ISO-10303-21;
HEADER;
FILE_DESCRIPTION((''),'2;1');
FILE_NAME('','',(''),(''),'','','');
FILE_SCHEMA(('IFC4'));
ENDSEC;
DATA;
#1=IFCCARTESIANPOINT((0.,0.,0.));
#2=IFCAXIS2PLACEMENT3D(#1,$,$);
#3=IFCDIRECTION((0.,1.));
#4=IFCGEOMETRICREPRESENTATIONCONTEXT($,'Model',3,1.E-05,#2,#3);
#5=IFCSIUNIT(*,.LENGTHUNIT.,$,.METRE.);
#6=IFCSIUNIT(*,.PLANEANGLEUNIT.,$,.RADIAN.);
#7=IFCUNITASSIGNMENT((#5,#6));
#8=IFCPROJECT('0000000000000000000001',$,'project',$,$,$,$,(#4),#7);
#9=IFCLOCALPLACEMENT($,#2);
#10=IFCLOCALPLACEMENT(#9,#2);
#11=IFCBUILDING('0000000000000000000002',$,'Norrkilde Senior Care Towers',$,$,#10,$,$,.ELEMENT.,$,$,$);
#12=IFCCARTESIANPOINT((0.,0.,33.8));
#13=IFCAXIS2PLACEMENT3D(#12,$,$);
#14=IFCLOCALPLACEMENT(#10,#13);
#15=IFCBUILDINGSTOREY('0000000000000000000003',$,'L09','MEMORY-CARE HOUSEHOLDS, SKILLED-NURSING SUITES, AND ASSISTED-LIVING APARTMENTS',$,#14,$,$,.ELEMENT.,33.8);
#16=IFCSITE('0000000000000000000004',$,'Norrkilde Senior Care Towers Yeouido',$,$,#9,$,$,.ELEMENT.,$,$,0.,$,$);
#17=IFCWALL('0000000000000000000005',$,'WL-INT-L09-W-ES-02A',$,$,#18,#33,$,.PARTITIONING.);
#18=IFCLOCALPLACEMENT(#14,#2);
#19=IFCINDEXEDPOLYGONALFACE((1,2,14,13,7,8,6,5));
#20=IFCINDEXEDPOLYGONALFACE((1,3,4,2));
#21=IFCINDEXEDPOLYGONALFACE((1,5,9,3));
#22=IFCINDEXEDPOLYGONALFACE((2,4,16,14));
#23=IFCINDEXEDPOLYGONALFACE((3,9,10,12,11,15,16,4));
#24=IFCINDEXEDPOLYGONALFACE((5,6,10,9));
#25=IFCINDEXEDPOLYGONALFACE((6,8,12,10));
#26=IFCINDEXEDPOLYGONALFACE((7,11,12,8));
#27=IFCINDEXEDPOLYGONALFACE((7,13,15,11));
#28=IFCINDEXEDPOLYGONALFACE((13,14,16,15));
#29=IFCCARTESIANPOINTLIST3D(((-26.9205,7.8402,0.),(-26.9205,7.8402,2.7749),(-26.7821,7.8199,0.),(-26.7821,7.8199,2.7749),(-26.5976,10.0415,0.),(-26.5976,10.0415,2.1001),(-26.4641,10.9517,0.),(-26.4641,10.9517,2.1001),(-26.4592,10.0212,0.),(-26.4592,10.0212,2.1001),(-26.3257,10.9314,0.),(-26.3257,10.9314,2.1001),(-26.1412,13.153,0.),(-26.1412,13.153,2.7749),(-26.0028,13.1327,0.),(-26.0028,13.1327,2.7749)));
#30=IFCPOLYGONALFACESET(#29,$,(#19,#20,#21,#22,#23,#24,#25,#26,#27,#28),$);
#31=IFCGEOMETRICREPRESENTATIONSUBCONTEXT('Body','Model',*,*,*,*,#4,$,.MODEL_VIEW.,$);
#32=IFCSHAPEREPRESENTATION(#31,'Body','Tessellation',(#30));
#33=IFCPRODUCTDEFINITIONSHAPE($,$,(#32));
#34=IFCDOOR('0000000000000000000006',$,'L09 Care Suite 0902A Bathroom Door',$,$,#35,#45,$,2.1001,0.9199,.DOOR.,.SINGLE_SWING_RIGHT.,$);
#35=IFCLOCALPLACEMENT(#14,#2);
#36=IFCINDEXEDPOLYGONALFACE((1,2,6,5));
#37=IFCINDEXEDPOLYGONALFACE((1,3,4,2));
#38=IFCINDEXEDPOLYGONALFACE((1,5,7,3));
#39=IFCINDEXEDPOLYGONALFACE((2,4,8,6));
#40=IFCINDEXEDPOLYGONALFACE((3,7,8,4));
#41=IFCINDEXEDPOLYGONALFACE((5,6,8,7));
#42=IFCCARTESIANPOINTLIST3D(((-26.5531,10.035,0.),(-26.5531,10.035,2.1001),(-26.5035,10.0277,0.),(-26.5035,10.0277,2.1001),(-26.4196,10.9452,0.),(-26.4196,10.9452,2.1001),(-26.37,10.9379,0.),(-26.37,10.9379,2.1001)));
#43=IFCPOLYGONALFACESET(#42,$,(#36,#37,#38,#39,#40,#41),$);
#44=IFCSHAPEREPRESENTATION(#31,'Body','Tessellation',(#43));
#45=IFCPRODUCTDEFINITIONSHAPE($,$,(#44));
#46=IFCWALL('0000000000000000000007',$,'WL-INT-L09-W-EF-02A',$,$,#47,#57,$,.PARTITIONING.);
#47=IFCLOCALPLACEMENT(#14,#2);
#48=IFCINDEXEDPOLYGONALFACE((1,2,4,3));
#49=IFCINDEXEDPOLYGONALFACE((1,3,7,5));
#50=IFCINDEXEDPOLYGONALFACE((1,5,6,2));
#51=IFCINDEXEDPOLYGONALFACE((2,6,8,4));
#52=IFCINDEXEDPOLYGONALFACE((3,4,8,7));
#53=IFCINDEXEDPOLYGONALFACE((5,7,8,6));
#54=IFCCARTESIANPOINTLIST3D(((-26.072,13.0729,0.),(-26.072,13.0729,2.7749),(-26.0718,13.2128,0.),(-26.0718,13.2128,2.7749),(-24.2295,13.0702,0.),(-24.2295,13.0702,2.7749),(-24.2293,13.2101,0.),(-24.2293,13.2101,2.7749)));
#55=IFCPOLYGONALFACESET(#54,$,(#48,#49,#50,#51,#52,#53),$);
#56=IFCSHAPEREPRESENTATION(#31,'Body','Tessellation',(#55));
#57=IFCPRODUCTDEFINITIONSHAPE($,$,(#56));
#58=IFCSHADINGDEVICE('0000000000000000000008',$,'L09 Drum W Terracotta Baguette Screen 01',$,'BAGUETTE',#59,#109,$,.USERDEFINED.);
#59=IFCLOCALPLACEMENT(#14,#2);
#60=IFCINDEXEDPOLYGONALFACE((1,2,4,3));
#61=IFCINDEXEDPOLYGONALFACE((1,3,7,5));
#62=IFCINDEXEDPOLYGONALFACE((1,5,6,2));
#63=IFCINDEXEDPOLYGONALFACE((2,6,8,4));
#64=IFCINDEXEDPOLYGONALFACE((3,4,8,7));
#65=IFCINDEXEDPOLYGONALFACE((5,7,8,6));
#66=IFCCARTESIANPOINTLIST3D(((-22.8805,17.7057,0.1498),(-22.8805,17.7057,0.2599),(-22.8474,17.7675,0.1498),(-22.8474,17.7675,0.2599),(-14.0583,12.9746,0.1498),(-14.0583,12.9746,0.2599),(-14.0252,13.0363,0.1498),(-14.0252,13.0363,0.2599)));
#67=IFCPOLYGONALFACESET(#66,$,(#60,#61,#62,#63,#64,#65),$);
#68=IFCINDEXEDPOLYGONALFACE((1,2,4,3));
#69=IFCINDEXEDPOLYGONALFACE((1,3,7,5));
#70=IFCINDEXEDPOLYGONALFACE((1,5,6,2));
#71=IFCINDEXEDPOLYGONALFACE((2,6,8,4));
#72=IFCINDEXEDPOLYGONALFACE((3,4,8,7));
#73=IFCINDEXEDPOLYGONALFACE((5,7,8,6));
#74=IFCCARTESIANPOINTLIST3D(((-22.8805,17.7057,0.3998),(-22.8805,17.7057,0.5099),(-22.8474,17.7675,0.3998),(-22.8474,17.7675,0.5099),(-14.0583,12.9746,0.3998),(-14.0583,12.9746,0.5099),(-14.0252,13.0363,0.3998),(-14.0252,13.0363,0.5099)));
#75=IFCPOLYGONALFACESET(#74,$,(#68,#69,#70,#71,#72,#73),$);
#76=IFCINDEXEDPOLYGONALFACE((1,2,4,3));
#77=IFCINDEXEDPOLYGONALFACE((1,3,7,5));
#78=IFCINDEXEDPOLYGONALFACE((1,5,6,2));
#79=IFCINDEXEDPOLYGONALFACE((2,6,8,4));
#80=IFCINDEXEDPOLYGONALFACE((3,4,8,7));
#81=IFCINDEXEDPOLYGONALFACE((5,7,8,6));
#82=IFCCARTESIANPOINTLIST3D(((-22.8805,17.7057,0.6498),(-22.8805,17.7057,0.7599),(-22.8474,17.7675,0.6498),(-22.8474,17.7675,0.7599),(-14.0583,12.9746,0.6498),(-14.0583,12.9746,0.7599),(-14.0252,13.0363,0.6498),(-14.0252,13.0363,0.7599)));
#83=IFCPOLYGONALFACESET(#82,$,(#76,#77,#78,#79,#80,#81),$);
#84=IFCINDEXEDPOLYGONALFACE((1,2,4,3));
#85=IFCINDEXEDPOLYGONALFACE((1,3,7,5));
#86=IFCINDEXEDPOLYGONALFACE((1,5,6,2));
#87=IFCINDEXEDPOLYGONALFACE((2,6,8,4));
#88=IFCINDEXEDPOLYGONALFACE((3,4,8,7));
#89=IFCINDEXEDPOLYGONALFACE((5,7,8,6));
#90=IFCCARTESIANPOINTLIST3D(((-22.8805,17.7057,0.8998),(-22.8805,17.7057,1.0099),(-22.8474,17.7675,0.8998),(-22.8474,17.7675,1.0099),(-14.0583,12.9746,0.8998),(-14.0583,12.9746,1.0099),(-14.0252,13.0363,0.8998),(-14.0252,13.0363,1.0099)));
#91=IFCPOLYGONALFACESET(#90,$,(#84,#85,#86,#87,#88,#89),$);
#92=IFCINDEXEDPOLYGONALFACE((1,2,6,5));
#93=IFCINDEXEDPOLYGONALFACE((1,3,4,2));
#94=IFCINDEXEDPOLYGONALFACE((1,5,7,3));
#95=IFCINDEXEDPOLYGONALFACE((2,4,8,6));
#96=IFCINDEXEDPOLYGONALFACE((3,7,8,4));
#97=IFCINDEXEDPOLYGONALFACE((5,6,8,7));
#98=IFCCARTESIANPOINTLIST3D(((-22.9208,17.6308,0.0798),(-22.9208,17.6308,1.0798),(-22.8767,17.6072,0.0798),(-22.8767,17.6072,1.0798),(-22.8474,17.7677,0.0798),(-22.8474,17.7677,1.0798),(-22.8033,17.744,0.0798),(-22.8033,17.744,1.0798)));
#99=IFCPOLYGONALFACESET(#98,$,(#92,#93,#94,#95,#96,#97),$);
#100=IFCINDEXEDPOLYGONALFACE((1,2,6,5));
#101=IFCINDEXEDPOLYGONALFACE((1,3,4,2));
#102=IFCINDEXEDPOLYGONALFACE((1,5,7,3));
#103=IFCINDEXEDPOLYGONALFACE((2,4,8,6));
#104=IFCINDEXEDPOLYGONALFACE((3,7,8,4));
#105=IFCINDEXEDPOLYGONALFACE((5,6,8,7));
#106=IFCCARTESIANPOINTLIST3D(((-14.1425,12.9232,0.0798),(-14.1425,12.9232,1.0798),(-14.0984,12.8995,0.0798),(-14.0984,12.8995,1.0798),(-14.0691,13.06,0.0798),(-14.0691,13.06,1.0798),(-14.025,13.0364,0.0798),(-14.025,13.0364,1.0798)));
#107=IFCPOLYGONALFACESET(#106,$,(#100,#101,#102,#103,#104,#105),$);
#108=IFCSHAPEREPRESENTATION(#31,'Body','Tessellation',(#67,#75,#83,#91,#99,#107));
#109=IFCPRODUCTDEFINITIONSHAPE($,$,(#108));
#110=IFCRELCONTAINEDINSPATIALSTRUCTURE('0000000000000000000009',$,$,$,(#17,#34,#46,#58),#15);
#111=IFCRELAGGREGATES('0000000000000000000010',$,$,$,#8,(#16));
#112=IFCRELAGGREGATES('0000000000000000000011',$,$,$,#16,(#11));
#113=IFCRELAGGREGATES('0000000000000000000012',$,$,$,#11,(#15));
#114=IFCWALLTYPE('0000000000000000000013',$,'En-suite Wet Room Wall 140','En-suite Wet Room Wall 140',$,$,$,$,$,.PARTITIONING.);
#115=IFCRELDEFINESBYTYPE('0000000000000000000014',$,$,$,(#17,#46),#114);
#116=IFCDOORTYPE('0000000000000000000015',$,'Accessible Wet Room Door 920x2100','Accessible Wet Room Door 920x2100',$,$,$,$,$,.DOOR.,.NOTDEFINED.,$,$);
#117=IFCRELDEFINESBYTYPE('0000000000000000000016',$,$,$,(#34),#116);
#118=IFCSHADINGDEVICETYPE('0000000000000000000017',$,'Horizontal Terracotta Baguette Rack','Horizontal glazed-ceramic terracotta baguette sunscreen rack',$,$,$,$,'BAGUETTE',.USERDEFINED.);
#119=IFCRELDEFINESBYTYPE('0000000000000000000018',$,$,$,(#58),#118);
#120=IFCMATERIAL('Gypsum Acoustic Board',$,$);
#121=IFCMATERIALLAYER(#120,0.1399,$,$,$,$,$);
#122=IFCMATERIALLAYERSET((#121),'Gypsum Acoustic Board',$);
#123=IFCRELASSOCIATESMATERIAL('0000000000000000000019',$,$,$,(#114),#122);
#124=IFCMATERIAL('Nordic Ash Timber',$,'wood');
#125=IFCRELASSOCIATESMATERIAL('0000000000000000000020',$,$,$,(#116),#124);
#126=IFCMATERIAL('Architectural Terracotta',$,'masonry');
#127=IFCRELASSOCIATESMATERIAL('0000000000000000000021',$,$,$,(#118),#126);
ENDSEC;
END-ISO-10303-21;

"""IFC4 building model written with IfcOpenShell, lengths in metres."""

from ifc_helpers import new_model, si_unit, direction, frame, frame_2d, origin, origin_2d, place, context, subcontext, project, spatial, rectangle, extrude, source, transform, mapped, material, layer, layer_set, type_object, type_shapes, element, fill, save


model = new_model("IFC4")

# Units and contexts
model_context = context("Model", 3, precision=1e-05, world=origin(), true_north=direction((0.0, 1.0)))
body_context = subcontext(model_context, "Body", "Model", "MODEL_VIEW")
ifc_project = project(units=[si_unit("LENGTHUNIT", "METRE"), si_unit("PLANEANGLEUNIT", "RADIAN")], contexts=[model_context])

# Site, building, storey
site_placement = place(None, origin())
site = spatial("IfcSite", under=ifc_project, at=site_placement, Name="Norrkilde Senior Care Towers Yeouido", CompositionType="ELEMENT", RefElevation=0.0)
building_placement = place(site_placement, origin())
building = spatial("IfcBuilding", under=site, at=building_placement, Name="Norrkilde Senior Care Towers", CompositionType="ELEMENT")
storey_placement = place(building_placement, frame((0.0, 0.0, 33.8)))
storey = spatial("IfcBuildingStorey", under=building, at=storey_placement, Name="L09", Description="MEMORY-CARE HOUSEHOLDS, SKILLED-NURSING SUITES, AND ASSISTED-LIVING APARTMENTS", CompositionType="ELEMENT", Elevation=33.8)

# Shared definitions
ifc_material_1 = material(Name="Gypsum Acoustic Board")

# Shared definitions
ifc_layer_1 = layer(ifc_material_1, 0.1399)
ifc_layer_set_1 = layer_set([ifc_layer_1], Name="Gypsum Acoustic Board")
wall_type_1 = type_object("IfcWallType", Name="En-suite Wet Room Wall 140", Description="En-suite Wet Room Wall 140", PredefinedType="PARTITIONING", material=ifc_layer_set_1)
ifc_material_2 = material(Name="Nordic Ash Timber", Category="wood")
door_type_1 = type_object("IfcDoorType", Name="Accessible Wet Room Door 920x2100", Description="Accessible Wet Room Door 920x2100", OperationType="NOTDEFINED", PredefinedType="DOOR", material=ifc_material_2)
shared_shape_1 = source(origin(), body_context, "Body", "SweptSolid", [
    extrude(rectangle(XDim=0.9199, YDim=2.1001, at=frame_2d((0.46, 1.05))), frame((0.0, 0.0249, 0.0), z_axis=(0.0, -1.0, 0.0), x_axis=(1.0, 0.0, 0.0)), (0.0, 0.0, 1.0), 0.05),
])
type_shapes(door_type_1, [shared_shape_1])

# Wall, opening, door
shared_shape_2 = source(origin(), body_context, "Body", "SweptSolid", [
    extrude(rectangle(XDim=5.3696, YDim=0.1399, at=frame_2d((2.6848, 0.0))), origin(), (0.0, 0.0, 1.0), 2.7749),
])
wall_1_placement = place(storey_placement, frame((-26.8513, 7.8301, 0.0), z_axis=(0.0, 0.0, 1.0), x_axis=(0.145131, 0.989412, 0.0)))
wall_1 = element("IfcWall", 1, at=wall_1_placement, inside=storey, type_object=wall_type_1, Name="WL-INT-L09-W-ES-02A", PredefinedType="PARTITIONING", context=body_context, shape_type="MappedRepresentation", body=[
    mapped(shared_shape_2, transform((0.0, 0.0, 0.0), x_axis=(1.0, 0.0, 0.0), y_axis=(0.0, 1.0, 0.0), z_axis=(0.0, 0.0, 1.0), scale=1.0)),
])
opening_1_placement = place(wall_1_placement, frame((2.2249, 0.0, 0.0)))
opening_1 = element("IfcOpeningElement", 2, at=opening_1_placement, cuts=wall_1, PredefinedType="OPENING", context=body_context, shape_type="SweptSolid", body=[
    extrude(rectangle(XDim=0.9199, YDim=2.1001, at=frame_2d((0.46, 1.05))), frame((0.0, 0.0798, 0.0), z_axis=(0.0, -1.0, 0.0), x_axis=(1.0, 0.0, 0.0)), (0.0, 0.0, 1.0), 0.1599),
])
door_1_placement = place(opening_1_placement, origin())
door_1 = element("IfcDoor", 3, at=door_1_placement, inside=storey, type_object=door_type_1, Name="L09 Care Suite 0902A Bathroom Door", OperationType="SINGLE_SWING_RIGHT", OverallHeight=2.1001, OverallWidth=0.9199, PredefinedType="DOOR", context=body_context, shape_type="MappedRepresentation", body=[
    mapped(shared_shape_1, transform((0.0, 0.0, 0.0), x_axis=(1.0, 0.0, 0.0), y_axis=(0.0, 1.0, 0.0), z_axis=(0.0, 0.0, 1.0), scale=1.0)),
])
fill(opening_1, door_1)

# Wall
shared_shape_3 = source(origin(), body_context, "Body", "SweptSolid", [
    extrude(rectangle(XDim=1.8425, YDim=0.1399, at=frame_2d((0.9214, 0.0))), origin(), (0.0, 0.0, 1.0), 2.7749),
])
wall_2_placement = place(storey_placement, frame((-26.072, 13.1428, 0.0), z_axis=(0.0, 0.0, 1.0), x_axis=(0.999999, -0.001458, 0.0)))
element("IfcWall", 4, at=wall_2_placement, inside=storey, type_object=wall_type_1, Name="WL-INT-L09-W-EF-02A", PredefinedType="PARTITIONING", context=body_context, shape_type="MappedRepresentation", body=[
    mapped(shared_shape_3, transform((0.0, 0.0, 0.0), x_axis=(1.0, 0.0, 0.0), y_axis=(0.0, 1.0, 0.0), z_axis=(0.0, 0.0, 1.0), scale=1.0)),
])

# Shading device
ifc_material_3 = material(Name="Architectural Terracotta", Category="masonry")
shading_device_type = type_object("IfcShadingDeviceType", Name="Horizontal Terracotta Baguette Rack", Description="Horizontal glazed-ceramic terracotta baguette sunscreen rack", ElementType="BAGUETTE", PredefinedType="USERDEFINED", material=ifc_material_3)
shared_shape_4 = source(origin(), body_context, "Body", "SweptSolid", [
    extrude(rectangle(XDim=0.0701, YDim=0.1101, at=origin_2d()), frame((0.0, 0.0901, 0.125), z_axis=(1.0, 0.0, 0.0), x_axis=(0.0, 1.0, 0.0)), (0.0, 0.0, 1.0), 10.0107),
    extrude(rectangle(XDim=0.0701, YDim=0.1101, at=origin_2d()), frame((0.0, 0.0901, 0.375), z_axis=(1.0, 0.0, 0.0), x_axis=(0.0, 1.0, 0.0)), (0.0, 0.0, 1.0), 10.0107),
    extrude(rectangle(XDim=0.0701, YDim=0.1101, at=origin_2d()), frame((0.0, 0.0901, 0.625), z_axis=(1.0, 0.0, 0.0), x_axis=(0.0, 1.0, 0.0)), (0.0, 0.0, 1.0), 10.0107),
    extrude(rectangle(XDim=0.0701, YDim=0.1101, at=origin_2d()), frame((0.0, 0.0901, 0.875), z_axis=(1.0, 0.0, 0.0), x_axis=(0.0, 1.0, 0.0)), (0.0, 0.0, 1.0), 10.0107),
    extrude(rectangle(XDim=0.05, YDim=0.1553, at=origin_2d()), frame((0.0249, 0.0476, 0.0)), (0.0, 0.0, 1.0), 1.0),
    extrude(rectangle(XDim=0.05, YDim=0.1553, at=origin_2d()), frame((9.9858, 0.0476, 0.0)), (0.0, 0.0, 1.0), 1.0),
])
type_shapes(shading_device_type, [shared_shape_4])
shading_device_placement = place(storey_placement, frame((-22.9065, 17.6572, 0.0798), z_axis=(0.0, 0.0, 1.0), x_axis=(0.88128, -0.472612, 0.0)))
element("IfcShadingDevice", 5, at=shading_device_placement, inside=storey, type_object=shading_device_type, Name="L09 Drum W Terracotta Baguette Screen 01", ObjectType="BAGUETTE", PredefinedType="USERDEFINED", context=body_context, shape_type="MappedRepresentation", body=[
    mapped(shared_shape_4, transform((0.0, 0.0, 0.0), x_axis=(1.0, 0.0, 0.0), y_axis=(0.0, 1.0, 0.0), z_axis=(0.0, 0.0, 1.0), scale=1.0)),
])

save(model, "model.ifc")
